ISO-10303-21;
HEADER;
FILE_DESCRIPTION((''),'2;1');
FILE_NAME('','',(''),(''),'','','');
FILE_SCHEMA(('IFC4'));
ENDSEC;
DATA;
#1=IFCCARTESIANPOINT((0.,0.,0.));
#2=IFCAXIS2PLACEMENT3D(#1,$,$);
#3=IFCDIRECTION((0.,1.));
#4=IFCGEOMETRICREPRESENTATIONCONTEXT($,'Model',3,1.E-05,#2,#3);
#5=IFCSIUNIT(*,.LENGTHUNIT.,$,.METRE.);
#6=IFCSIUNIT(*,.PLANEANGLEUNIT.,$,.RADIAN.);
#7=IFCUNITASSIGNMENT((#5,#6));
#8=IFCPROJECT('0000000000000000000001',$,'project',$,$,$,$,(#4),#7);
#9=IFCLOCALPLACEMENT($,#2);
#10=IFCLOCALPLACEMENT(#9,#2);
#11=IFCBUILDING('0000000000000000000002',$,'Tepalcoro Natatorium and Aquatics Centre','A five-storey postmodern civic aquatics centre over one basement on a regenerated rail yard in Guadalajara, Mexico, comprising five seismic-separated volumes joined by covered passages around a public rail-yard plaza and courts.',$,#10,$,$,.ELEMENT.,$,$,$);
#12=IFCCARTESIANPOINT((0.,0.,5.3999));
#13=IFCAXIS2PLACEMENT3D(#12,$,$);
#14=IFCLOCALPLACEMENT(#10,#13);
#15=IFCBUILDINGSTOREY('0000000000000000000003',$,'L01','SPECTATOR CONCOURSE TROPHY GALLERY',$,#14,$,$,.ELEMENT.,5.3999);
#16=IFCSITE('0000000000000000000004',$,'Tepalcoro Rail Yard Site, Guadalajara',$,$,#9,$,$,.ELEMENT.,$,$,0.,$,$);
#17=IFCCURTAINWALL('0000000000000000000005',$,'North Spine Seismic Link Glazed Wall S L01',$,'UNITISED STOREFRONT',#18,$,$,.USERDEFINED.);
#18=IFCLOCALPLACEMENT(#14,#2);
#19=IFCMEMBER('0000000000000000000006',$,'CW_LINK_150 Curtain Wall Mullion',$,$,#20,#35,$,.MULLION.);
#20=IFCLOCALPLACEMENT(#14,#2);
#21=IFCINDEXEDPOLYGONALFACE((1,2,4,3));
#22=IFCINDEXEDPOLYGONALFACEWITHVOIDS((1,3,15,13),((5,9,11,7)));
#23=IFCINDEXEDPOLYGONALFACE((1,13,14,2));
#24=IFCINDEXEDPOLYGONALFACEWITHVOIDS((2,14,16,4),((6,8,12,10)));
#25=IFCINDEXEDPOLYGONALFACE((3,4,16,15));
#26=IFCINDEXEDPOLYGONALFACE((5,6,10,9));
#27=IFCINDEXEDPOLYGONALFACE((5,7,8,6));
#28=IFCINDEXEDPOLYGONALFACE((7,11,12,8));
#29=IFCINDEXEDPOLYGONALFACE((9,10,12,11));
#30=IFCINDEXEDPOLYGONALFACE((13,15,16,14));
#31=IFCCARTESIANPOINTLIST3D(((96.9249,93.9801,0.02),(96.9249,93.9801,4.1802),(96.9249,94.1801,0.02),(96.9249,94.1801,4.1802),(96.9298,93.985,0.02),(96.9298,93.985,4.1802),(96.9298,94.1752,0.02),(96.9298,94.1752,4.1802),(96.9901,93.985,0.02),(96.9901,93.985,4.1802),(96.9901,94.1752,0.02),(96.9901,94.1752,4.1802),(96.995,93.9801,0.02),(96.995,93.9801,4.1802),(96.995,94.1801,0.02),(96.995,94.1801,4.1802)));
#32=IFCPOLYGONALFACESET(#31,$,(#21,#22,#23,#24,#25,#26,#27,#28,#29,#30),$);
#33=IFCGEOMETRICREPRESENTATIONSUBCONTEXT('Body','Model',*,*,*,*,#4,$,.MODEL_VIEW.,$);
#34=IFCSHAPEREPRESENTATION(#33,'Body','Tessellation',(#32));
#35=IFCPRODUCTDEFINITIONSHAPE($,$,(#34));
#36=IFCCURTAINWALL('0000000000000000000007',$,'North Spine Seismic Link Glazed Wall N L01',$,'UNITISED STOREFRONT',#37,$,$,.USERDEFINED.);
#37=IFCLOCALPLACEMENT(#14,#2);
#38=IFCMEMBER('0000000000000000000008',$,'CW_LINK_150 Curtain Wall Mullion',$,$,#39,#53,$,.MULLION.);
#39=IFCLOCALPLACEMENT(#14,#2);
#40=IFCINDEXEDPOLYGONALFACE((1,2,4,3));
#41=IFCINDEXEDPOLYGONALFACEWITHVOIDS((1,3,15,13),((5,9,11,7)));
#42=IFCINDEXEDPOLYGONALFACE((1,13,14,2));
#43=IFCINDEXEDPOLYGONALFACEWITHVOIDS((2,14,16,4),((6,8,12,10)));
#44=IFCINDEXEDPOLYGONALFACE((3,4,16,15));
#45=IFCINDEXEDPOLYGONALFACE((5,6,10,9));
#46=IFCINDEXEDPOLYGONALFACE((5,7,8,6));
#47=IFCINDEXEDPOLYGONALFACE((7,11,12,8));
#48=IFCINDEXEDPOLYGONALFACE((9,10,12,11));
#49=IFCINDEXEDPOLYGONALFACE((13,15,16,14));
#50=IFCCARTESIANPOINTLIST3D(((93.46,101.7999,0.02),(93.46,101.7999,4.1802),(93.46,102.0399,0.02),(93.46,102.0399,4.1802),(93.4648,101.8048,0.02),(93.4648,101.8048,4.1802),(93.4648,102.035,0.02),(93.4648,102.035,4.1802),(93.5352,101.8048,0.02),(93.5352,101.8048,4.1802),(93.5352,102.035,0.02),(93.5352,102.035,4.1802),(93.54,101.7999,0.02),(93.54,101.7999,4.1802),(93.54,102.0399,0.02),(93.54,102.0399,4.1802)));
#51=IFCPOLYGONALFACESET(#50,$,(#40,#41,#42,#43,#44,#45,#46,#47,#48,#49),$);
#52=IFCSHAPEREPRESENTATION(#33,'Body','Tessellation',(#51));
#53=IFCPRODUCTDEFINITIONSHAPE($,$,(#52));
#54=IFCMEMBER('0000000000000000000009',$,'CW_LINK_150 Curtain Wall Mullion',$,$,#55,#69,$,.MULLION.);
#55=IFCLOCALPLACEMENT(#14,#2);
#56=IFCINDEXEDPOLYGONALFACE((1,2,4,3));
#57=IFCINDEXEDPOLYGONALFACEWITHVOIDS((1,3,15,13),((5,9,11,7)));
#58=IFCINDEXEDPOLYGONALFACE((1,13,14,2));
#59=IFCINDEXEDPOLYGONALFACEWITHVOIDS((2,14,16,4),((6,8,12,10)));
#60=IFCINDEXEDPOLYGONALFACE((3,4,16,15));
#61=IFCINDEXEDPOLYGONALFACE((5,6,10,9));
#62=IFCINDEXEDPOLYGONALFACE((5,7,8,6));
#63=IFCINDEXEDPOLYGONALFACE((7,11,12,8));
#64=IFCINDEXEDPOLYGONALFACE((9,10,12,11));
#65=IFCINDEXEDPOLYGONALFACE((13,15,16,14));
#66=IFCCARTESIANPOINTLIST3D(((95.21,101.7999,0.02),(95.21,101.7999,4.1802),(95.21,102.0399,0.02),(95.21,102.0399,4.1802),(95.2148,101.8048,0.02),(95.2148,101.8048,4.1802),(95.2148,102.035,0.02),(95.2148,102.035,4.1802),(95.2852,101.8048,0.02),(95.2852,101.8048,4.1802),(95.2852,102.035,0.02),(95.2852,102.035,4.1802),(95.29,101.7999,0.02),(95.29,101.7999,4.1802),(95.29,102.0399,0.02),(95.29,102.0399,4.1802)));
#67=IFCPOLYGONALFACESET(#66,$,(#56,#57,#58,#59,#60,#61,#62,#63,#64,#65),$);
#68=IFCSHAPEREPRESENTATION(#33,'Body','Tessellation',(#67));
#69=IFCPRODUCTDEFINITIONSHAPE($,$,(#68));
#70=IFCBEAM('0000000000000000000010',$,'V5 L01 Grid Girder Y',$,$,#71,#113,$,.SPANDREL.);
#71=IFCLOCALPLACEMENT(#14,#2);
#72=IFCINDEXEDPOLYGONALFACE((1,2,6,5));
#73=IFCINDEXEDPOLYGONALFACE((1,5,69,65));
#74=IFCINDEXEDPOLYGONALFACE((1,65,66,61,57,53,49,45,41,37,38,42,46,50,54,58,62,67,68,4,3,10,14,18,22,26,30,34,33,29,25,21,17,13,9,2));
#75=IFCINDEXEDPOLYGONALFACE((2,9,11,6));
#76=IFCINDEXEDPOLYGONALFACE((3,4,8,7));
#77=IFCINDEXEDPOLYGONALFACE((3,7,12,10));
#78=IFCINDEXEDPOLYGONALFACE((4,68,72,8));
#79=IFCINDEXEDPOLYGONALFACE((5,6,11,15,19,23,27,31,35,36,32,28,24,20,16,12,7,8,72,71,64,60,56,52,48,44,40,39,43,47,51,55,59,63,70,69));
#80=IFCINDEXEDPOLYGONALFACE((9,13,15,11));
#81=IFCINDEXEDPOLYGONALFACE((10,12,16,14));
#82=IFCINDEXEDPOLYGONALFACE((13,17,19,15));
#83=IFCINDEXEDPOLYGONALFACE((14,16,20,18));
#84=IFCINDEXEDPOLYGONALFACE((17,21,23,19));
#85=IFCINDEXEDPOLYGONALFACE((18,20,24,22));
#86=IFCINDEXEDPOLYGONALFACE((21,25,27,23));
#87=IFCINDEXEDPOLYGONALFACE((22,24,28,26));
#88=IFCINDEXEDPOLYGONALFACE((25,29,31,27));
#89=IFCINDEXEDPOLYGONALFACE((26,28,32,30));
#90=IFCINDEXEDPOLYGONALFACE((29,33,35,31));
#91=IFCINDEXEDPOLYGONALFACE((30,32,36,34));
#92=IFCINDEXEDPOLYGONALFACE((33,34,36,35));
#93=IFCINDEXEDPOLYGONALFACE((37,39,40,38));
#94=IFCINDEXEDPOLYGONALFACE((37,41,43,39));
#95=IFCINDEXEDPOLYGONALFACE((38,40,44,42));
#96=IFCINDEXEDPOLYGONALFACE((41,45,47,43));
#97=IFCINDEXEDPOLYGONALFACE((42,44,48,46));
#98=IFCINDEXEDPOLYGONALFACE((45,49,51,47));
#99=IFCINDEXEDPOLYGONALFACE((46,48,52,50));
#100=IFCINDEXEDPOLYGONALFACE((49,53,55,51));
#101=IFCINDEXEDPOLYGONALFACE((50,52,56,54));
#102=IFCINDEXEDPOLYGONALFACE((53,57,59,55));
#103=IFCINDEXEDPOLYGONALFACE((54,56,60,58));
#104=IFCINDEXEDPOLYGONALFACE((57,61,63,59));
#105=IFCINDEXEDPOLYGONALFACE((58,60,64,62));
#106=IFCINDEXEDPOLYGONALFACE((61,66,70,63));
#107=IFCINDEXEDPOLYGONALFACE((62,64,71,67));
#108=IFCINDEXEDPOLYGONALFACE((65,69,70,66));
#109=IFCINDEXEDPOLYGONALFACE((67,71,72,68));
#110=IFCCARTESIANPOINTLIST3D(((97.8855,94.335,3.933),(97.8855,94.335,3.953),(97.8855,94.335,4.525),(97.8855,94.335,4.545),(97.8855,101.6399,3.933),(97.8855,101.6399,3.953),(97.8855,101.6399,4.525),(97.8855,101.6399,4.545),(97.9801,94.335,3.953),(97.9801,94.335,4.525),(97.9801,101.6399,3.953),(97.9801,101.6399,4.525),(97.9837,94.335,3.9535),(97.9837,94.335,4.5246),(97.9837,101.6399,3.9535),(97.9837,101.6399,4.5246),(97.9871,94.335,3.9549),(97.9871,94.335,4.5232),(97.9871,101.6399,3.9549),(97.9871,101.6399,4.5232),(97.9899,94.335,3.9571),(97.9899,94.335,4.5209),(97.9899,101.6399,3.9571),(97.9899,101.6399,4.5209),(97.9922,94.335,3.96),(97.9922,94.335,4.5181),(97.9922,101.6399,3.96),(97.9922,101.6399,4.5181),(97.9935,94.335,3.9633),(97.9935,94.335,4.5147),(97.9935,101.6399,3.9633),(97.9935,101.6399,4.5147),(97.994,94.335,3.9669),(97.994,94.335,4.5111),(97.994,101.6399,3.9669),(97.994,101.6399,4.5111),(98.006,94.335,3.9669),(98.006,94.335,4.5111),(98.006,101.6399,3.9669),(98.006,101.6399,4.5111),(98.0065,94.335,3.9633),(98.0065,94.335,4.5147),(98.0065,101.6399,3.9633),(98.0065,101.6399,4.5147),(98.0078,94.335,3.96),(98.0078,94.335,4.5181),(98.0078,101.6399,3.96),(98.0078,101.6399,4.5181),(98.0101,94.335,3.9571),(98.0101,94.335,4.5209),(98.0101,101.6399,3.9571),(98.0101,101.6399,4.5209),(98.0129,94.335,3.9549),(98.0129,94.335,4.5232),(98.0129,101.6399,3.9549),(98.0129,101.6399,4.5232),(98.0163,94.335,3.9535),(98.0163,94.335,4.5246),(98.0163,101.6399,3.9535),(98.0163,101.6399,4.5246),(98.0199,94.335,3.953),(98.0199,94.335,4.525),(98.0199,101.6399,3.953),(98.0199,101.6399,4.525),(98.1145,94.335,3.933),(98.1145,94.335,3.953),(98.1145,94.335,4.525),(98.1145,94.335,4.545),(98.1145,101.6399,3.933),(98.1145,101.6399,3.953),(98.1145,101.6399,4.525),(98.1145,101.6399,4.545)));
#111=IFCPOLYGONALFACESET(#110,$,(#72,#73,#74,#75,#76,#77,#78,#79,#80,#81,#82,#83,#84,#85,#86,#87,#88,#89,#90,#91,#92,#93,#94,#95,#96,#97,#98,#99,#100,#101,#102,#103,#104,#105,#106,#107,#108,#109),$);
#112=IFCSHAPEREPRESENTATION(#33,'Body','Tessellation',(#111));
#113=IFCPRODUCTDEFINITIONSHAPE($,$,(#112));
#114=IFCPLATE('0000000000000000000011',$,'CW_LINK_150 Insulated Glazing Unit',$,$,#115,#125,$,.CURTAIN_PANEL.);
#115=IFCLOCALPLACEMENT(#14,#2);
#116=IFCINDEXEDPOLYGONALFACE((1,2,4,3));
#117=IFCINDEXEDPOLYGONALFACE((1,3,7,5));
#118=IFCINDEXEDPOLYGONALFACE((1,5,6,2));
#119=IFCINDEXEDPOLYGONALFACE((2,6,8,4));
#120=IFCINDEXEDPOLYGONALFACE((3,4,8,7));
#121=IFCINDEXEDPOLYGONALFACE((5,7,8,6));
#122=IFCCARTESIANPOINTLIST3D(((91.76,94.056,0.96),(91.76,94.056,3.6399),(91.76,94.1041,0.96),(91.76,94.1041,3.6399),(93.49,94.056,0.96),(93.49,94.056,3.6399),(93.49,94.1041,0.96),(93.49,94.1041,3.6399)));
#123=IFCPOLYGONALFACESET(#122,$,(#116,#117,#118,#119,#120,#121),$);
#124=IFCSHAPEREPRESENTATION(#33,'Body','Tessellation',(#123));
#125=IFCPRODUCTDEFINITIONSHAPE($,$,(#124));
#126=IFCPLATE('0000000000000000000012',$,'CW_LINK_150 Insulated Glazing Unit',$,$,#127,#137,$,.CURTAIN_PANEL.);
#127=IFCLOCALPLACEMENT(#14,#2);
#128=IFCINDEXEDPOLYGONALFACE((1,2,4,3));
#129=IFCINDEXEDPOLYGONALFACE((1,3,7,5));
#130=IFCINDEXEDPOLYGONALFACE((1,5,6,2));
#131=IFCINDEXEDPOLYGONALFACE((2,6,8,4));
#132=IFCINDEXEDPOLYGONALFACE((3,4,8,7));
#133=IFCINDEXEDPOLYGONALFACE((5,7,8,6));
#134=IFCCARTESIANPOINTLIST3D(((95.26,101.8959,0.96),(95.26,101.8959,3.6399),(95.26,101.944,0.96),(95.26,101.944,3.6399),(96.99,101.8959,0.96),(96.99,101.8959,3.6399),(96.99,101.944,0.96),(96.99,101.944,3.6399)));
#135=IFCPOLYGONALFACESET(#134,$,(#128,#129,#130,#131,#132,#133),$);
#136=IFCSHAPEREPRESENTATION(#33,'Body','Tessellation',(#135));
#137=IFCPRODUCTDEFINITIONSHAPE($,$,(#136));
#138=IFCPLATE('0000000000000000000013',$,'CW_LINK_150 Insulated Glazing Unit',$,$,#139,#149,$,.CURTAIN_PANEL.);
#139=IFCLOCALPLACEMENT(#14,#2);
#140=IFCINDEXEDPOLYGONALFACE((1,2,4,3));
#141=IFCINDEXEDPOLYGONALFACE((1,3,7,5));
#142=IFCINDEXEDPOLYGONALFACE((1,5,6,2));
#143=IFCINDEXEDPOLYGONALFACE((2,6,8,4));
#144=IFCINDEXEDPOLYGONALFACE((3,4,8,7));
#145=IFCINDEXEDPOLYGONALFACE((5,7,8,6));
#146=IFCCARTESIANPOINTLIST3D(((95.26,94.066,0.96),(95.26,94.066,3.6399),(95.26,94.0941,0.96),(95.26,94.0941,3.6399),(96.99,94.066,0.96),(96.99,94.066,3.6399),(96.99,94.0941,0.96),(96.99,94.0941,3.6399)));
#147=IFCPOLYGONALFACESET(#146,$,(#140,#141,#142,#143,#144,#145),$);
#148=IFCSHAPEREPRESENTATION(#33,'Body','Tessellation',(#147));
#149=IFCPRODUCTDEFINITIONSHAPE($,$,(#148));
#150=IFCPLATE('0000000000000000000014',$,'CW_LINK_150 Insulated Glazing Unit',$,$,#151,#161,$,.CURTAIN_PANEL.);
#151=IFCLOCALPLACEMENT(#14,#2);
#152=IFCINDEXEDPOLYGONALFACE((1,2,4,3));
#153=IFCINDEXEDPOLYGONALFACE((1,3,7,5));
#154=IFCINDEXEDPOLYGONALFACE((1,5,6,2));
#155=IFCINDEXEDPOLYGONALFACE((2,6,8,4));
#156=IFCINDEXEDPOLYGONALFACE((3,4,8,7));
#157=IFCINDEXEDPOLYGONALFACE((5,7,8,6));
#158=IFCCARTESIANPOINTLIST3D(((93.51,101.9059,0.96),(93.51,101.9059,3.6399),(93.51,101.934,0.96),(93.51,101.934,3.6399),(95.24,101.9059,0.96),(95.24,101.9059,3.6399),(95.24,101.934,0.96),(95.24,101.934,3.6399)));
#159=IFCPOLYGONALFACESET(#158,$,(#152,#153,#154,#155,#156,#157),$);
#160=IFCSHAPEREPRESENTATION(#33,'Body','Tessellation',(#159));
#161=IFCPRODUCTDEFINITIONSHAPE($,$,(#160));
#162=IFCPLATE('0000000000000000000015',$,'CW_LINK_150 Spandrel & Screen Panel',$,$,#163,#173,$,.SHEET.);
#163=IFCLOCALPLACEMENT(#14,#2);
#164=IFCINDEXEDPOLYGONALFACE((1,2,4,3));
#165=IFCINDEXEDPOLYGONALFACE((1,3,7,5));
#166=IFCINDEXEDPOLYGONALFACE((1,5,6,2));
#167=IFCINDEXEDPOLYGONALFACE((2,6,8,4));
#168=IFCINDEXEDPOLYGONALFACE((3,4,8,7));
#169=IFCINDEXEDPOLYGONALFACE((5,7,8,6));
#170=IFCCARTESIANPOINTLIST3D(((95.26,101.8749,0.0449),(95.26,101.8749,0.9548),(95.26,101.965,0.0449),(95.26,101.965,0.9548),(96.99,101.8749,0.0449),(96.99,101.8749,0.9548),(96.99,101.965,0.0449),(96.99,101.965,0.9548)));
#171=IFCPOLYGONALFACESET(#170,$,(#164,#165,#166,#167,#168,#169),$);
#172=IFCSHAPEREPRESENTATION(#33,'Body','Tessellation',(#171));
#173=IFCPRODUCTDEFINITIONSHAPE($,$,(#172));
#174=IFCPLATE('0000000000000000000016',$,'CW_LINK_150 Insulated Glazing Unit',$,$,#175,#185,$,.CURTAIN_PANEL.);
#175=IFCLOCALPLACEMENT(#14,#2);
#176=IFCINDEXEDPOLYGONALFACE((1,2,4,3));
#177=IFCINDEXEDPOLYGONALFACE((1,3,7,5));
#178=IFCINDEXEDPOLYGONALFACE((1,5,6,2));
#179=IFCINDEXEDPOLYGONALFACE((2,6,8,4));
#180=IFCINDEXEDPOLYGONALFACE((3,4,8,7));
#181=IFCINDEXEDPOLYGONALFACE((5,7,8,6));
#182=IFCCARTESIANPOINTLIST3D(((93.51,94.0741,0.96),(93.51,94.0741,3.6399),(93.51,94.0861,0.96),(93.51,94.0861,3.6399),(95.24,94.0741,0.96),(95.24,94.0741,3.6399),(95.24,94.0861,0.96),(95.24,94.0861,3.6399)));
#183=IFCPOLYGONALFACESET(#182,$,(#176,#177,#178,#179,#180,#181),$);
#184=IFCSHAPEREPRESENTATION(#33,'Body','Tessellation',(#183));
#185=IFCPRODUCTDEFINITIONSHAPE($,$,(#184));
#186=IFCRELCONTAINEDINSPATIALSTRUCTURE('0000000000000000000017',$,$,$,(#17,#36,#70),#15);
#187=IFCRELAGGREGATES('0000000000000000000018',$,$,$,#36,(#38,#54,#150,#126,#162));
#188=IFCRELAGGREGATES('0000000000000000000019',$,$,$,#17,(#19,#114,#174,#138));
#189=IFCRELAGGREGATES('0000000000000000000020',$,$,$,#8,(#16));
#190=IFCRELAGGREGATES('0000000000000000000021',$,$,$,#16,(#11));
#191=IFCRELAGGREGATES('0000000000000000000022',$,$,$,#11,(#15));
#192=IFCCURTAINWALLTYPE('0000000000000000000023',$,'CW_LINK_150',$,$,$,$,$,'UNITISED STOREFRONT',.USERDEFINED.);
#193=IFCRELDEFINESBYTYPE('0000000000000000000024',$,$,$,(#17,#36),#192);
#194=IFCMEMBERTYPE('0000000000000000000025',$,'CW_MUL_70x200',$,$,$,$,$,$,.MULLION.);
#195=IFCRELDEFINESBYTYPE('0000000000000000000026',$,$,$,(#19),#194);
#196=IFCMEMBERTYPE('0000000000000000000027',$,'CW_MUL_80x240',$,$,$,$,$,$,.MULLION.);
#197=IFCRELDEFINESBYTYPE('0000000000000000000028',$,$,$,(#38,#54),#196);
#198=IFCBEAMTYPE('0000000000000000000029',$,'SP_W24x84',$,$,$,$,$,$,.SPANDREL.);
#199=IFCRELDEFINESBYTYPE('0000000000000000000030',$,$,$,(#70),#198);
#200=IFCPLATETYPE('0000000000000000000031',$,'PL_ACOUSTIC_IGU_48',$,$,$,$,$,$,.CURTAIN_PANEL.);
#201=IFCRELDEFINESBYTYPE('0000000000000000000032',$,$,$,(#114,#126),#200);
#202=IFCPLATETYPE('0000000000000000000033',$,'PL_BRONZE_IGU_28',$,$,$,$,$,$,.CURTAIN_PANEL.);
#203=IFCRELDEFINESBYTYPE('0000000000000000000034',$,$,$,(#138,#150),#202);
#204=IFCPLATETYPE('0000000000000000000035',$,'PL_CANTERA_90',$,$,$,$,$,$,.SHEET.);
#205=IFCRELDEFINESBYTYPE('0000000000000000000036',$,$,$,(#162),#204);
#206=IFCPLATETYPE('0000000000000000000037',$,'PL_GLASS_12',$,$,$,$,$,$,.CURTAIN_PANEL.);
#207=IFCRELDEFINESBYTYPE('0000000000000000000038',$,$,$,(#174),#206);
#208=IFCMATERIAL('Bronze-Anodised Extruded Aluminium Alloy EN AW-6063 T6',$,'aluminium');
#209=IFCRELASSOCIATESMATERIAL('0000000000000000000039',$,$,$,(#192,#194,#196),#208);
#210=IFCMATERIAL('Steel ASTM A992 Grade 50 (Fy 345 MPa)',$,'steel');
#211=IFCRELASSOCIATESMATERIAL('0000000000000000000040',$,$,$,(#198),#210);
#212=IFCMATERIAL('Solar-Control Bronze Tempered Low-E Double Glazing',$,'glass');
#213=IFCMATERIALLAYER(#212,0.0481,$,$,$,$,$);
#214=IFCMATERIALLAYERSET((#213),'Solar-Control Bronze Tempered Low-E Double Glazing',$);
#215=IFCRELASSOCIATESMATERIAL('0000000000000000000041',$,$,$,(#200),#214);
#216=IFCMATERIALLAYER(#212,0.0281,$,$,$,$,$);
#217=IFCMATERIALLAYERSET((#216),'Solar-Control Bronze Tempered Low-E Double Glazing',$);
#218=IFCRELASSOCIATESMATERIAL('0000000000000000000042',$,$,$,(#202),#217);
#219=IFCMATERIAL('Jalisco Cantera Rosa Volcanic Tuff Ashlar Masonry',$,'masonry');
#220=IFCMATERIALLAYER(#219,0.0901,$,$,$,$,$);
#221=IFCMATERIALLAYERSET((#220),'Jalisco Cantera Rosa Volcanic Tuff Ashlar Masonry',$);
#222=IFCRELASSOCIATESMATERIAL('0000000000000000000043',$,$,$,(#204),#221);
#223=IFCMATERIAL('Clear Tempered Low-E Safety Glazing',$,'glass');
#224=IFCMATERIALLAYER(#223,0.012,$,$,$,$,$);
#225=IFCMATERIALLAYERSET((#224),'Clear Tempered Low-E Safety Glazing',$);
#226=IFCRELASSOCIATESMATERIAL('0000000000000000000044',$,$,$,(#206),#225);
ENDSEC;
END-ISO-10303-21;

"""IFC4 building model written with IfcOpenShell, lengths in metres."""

from ifc_helpers import new_model, si_unit, direction, frame, origin, origin_2d, place, context, subcontext, project, spatial, rectangle, hollow_rectangle, i_section, extrude, material, layer, layer_set, material_profile, profile_set, type_object, element, aggregate, save


model = new_model("IFC4")

# Units and contexts
model_context = context("Model", 3, precision=1e-05, world=origin(), true_north=direction((0.0, 1.0)))
body_context = subcontext(model_context, "Body", "Model", "MODEL_VIEW")
ifc_project = project(units=[si_unit("LENGTHUNIT", "METRE"), si_unit("PLANEANGLEUNIT", "RADIAN")], contexts=[model_context])

# Site, building, storey
site_placement = place(None, origin())
site = spatial("IfcSite", under=ifc_project, at=site_placement, Name="Tepalcoro Rail Yard Site, Guadalajara", CompositionType="ELEMENT", RefElevation=0.0)
building_placement = place(site_placement, origin())
building = spatial("IfcBuilding", under=site, at=building_placement, Name="Tepalcoro Natatorium and Aquatics Centre", Description="A five-storey postmodern civic aquatics centre over one basement on a regenerated rail yard in Guadalajara, Mexico, comprising five seismic-separated volumes joined by covered passages around a public rail-yard plaza and courts.", CompositionType="ELEMENT")
storey_placement = place(building_placement, frame((0.0, 0.0, 5.3999)))
storey = spatial("IfcBuildingStorey", under=building, at=storey_placement, Name="L01", Description="SPECTATOR CONCOURSE TROPHY GALLERY", CompositionType="ELEMENT", Elevation=5.3999)

# Shared definitions
ifc_material_1 = material(Name="Steel ASTM A992 Grade 50 (Fy 345 MPa)", Category="steel")

# Curtain walls, members
ifc_material_2 = material(Name="Bronze-Anodised Extruded Aluminium Alloy EN AW-6063 T6", Category="aluminium")
curtain_wall_type = type_object("IfcCurtainWallType", Name="CW_LINK_150", ElementType="UNITISED STOREFRONT", PredefinedType="USERDEFINED", material=ifc_material_2)
curtain_wall_1_placement = place(storey_placement, origin())
curtain_wall_1 = element("IfcCurtainWall", 1, at=curtain_wall_1_placement, inside=storey, type_object=curtain_wall_type, Name="North Spine Seismic Link Glazed Wall S L01", ObjectType="UNITISED STOREFRONT", PredefinedType="USERDEFINED")
ifc_material_profile_1 = material_profile(ifc_material_2, hollow_rectangle(XDim=0.0701, YDim=0.2, WallThickness=0.0049, at=origin_2d()), Name="AL70X200X5")
ifc_profile_set_1 = profile_set([ifc_material_profile_1], Name="Bronze-Anodised Extruded Aluminium Alloy EN AW-6063 T6")
member_type_1 = type_object("IfcMemberType", Name="CW_MUL_70x200", PredefinedType="MULLION", material=ifc_profile_set_1)
member_1_placement = place(storey_placement, frame((96.96, 94.0801, 0.02), z_axis=(0.0, 0.0, 1.0), x_axis=(1.0, 0.0, 0.0)))
member_1 = element("IfcMember", 2, at=member_1_placement, type_object=member_type_1, Name="CW_LINK_150 Curtain Wall Mullion", PredefinedType="MULLION", context=body_context, shape_type="SweptSolid", body=[
    extrude(hollow_rectangle(XDim=0.0701, YDim=0.2, WallThickness=0.0049, at=origin_2d()), origin(), (0.0, 0.0, 1.0), 4.1602),
])
curtain_wall_2_placement = place(storey_placement, origin())
curtain_wall_2 = element("IfcCurtainWall", 3, at=curtain_wall_2_placement, inside=storey, type_object=curtain_wall_type, Name="North Spine Seismic Link Glazed Wall N L01", ObjectType="UNITISED STOREFRONT", PredefinedType="USERDEFINED")
ifc_material_profile_2 = material_profile(ifc_material_2, hollow_rectangle(XDim=0.0801, YDim=0.24, WallThickness=0.0049, at=origin_2d()), Name="AL80X240X5")
ifc_profile_set_2 = profile_set([ifc_material_profile_2], Name="Bronze-Anodised Extruded Aluminium Alloy EN AW-6063 T6")
member_type_2 = type_object("IfcMemberType", Name="CW_MUL_80x240", PredefinedType="MULLION", material=ifc_profile_set_2)
member_2_placement = place(storey_placement, frame((93.5, 101.9199, 0.02), z_axis=(0.0, 0.0, 1.0), x_axis=(1.0, 0.0, 0.0)))
member_2 = element("IfcMember", 4, at=member_2_placement, type_object=member_type_2, Name="CW_LINK_150 Curtain Wall Mullion", PredefinedType="MULLION", context=body_context, shape_type="SweptSolid", body=[
    extrude(hollow_rectangle(XDim=0.0801, YDim=0.24, WallThickness=0.0049, at=origin_2d()), origin(), (0.0, 0.0, 1.0), 4.1602),
])
member_3_placement = place(storey_placement, frame((95.25, 101.9199, 0.02), z_axis=(0.0, 0.0, 1.0), x_axis=(1.0, 0.0, 0.0)))
member_3 = element("IfcMember", 5, at=member_3_placement, type_object=member_type_2, Name="CW_LINK_150 Curtain Wall Mullion", PredefinedType="MULLION", context=body_context, shape_type="SweptSolid", body=[
    extrude(hollow_rectangle(XDim=0.0801, YDim=0.24, WallThickness=0.0049, at=origin_2d()), origin(), (0.0, 0.0, 1.0), 4.1602),
])

# Beam
ifc_material_profile_3 = material_profile(ifc_material_1, i_section(OverallWidth=0.229, OverallDepth=0.6121, WebThickness=0.012, FlangeThickness=0.02, FilletRadius=0.0139, at=origin_2d()), Name="W24X84")
ifc_profile_set_3 = profile_set([ifc_material_profile_3], Name="Steel ASTM A992 Grade 50 (Fy 345 MPa)")
beam_type_1 = type_object("IfcBeamType", Name="SP_W24x84", PredefinedType="SPANDREL", material=ifc_profile_set_3)
beam_1_placement = place(storey_placement, frame((98.0, 94.335, 4.239), z_axis=(0.0, 1.0, 0.0), x_axis=(-1.0, 0.0, 0.0)))
element("IfcBeam", 6, at=beam_1_placement, inside=storey, type_object=beam_type_1, Name="V5 L01 Grid Girder Y", PredefinedType="SPANDREL", context=body_context, shape_type="SweptSolid", body=[
    extrude(i_section(OverallWidth=0.229, OverallDepth=0.6121, WebThickness=0.012, FlangeThickness=0.02, FilletRadius=0.0139, at=origin_2d()), origin(), (0.0, 0.0, 1.0), 7.3049),
])

# Plates
ifc_material_3 = material(Name="Solar-Control Bronze Tempered Low-E Double Glazing", Category="glass")
ifc_layer_1 = layer(ifc_material_3, 0.0481)
ifc_layer_set_1 = layer_set([ifc_layer_1], Name="Solar-Control Bronze Tempered Low-E Double Glazing")
plate_type_1 = type_object("IfcPlateType", Name="PL_ACOUSTIC_IGU_48", PredefinedType="CURTAIN_PANEL", material=ifc_layer_set_1)
plate_1_placement = place(storey_placement, frame((92.625, 94.0801, 0.96), z_axis=(0.0, 0.0, 1.0), x_axis=(1.0, 0.0, 0.0)))
plate_1 = element("IfcPlate", 7, at=plate_1_placement, type_object=plate_type_1, Name="CW_LINK_150 Insulated Glazing Unit", PredefinedType="CURTAIN_PANEL", context=body_context, shape_type="SweptSolid", body=[
    extrude(rectangle(XDim=1.73, YDim=0.0481, at=origin_2d()), origin(), (0.0, 0.0, 1.0), 2.6799),
])
plate_2_placement = place(storey_placement, frame((96.125, 101.9199, 0.96), z_axis=(0.0, 0.0, 1.0), x_axis=(1.0, 0.0, 0.0)))
plate_2 = element("IfcPlate", 8, at=plate_2_placement, type_object=plate_type_1, Name="CW_LINK_150 Insulated Glazing Unit", PredefinedType="CURTAIN_PANEL", context=body_context, shape_type="SweptSolid", body=[
    extrude(rectangle(XDim=1.73, YDim=0.0481, at=origin_2d()), origin(), (0.0, 0.0, 1.0), 2.6799),
])
ifc_layer_2 = layer(ifc_material_3, 0.0281)
ifc_layer_set_2 = layer_set([ifc_layer_2], Name="Solar-Control Bronze Tempered Low-E Double Glazing")
plate_type_2 = type_object("IfcPlateType", Name="PL_BRONZE_IGU_28", PredefinedType="CURTAIN_PANEL", material=ifc_layer_set_2)
plate_3_placement = place(storey_placement, frame((96.125, 94.0801, 0.96), z_axis=(0.0, 0.0, 1.0), x_axis=(1.0, 0.0, 0.0)))
plate_3 = element("IfcPlate", 9, at=plate_3_placement, type_object=plate_type_2, Name="CW_LINK_150 Insulated Glazing Unit", PredefinedType="CURTAIN_PANEL", context=body_context, shape_type="SweptSolid", body=[
    extrude(rectangle(XDim=1.73, YDim=0.0281, at=origin_2d()), origin(), (0.0, 0.0, 1.0), 2.6799),
])
plate_4_placement = place(storey_placement, frame((94.375, 101.9199, 0.96), z_axis=(0.0, 0.0, 1.0), x_axis=(1.0, 0.0, 0.0)))
plate_4 = element("IfcPlate", 10, at=plate_4_placement, type_object=plate_type_2, Name="CW_LINK_150 Insulated Glazing Unit", PredefinedType="CURTAIN_PANEL", context=body_context, shape_type="SweptSolid", body=[
    extrude(rectangle(XDim=1.73, YDim=0.0281, at=origin_2d()), origin(), (0.0, 0.0, 1.0), 2.6799),
])
ifc_material_4 = material(Name="Jalisco Cantera Rosa Volcanic Tuff Ashlar Masonry", Category="masonry")
ifc_layer_3 = layer(ifc_material_4, 0.0901)
ifc_layer_set_3 = layer_set([ifc_layer_3], Name="Jalisco Cantera Rosa Volcanic Tuff Ashlar Masonry")
plate_type_3 = type_object("IfcPlateType", Name="PL_CANTERA_90", PredefinedType="SHEET", material=ifc_layer_set_3)
plate_5_placement = place(storey_placement, frame((96.125, 101.9199, 0.0449), z_axis=(0.0, 0.0, 1.0), x_axis=(1.0, 0.0, 0.0)))
plate_5 = element("IfcPlate", 11, at=plate_5_placement, type_object=plate_type_3, Name="CW_LINK_150 Spandrel & Screen Panel", PredefinedType="SHEET", context=body_context, shape_type="SweptSolid", body=[
    extrude(rectangle(XDim=1.73, YDim=0.0901, at=origin_2d()), origin(), (0.0, 0.0, 1.0), 0.9099),
])
ifc_material_5 = material(Name="Clear Tempered Low-E Safety Glazing", Category="glass")
ifc_layer_4 = layer(ifc_material_5, 0.012)
ifc_layer_set_4 = layer_set([ifc_layer_4], Name="Clear Tempered Low-E Safety Glazing")
plate_type_4 = type_object("IfcPlateType", Name="PL_GLASS_12", PredefinedType="CURTAIN_PANEL", material=ifc_layer_set_4)
plate_6_placement = place(storey_placement, frame((94.375, 94.0801, 0.96), z_axis=(0.0, 0.0, 1.0), x_axis=(1.0, 0.0, 0.0)))
plate_6 = element("IfcPlate", 12, at=plate_6_placement, type_object=plate_type_4, Name="CW_LINK_150 Insulated Glazing Unit", PredefinedType="CURTAIN_PANEL", context=body_context, shape_type="SweptSolid", body=[
    extrude(rectangle(XDim=1.73, YDim=0.012, at=origin_2d()), origin(), (0.0, 0.0, 1.0), 2.6799),
])
aggregate(curtain_wall_2, [member_2, member_3, plate_4, plate_2, plate_5])
aggregate(curtain_wall_1, [member_1, plate_1, plate_6, plate_3])

save(model, "model.ifc")
